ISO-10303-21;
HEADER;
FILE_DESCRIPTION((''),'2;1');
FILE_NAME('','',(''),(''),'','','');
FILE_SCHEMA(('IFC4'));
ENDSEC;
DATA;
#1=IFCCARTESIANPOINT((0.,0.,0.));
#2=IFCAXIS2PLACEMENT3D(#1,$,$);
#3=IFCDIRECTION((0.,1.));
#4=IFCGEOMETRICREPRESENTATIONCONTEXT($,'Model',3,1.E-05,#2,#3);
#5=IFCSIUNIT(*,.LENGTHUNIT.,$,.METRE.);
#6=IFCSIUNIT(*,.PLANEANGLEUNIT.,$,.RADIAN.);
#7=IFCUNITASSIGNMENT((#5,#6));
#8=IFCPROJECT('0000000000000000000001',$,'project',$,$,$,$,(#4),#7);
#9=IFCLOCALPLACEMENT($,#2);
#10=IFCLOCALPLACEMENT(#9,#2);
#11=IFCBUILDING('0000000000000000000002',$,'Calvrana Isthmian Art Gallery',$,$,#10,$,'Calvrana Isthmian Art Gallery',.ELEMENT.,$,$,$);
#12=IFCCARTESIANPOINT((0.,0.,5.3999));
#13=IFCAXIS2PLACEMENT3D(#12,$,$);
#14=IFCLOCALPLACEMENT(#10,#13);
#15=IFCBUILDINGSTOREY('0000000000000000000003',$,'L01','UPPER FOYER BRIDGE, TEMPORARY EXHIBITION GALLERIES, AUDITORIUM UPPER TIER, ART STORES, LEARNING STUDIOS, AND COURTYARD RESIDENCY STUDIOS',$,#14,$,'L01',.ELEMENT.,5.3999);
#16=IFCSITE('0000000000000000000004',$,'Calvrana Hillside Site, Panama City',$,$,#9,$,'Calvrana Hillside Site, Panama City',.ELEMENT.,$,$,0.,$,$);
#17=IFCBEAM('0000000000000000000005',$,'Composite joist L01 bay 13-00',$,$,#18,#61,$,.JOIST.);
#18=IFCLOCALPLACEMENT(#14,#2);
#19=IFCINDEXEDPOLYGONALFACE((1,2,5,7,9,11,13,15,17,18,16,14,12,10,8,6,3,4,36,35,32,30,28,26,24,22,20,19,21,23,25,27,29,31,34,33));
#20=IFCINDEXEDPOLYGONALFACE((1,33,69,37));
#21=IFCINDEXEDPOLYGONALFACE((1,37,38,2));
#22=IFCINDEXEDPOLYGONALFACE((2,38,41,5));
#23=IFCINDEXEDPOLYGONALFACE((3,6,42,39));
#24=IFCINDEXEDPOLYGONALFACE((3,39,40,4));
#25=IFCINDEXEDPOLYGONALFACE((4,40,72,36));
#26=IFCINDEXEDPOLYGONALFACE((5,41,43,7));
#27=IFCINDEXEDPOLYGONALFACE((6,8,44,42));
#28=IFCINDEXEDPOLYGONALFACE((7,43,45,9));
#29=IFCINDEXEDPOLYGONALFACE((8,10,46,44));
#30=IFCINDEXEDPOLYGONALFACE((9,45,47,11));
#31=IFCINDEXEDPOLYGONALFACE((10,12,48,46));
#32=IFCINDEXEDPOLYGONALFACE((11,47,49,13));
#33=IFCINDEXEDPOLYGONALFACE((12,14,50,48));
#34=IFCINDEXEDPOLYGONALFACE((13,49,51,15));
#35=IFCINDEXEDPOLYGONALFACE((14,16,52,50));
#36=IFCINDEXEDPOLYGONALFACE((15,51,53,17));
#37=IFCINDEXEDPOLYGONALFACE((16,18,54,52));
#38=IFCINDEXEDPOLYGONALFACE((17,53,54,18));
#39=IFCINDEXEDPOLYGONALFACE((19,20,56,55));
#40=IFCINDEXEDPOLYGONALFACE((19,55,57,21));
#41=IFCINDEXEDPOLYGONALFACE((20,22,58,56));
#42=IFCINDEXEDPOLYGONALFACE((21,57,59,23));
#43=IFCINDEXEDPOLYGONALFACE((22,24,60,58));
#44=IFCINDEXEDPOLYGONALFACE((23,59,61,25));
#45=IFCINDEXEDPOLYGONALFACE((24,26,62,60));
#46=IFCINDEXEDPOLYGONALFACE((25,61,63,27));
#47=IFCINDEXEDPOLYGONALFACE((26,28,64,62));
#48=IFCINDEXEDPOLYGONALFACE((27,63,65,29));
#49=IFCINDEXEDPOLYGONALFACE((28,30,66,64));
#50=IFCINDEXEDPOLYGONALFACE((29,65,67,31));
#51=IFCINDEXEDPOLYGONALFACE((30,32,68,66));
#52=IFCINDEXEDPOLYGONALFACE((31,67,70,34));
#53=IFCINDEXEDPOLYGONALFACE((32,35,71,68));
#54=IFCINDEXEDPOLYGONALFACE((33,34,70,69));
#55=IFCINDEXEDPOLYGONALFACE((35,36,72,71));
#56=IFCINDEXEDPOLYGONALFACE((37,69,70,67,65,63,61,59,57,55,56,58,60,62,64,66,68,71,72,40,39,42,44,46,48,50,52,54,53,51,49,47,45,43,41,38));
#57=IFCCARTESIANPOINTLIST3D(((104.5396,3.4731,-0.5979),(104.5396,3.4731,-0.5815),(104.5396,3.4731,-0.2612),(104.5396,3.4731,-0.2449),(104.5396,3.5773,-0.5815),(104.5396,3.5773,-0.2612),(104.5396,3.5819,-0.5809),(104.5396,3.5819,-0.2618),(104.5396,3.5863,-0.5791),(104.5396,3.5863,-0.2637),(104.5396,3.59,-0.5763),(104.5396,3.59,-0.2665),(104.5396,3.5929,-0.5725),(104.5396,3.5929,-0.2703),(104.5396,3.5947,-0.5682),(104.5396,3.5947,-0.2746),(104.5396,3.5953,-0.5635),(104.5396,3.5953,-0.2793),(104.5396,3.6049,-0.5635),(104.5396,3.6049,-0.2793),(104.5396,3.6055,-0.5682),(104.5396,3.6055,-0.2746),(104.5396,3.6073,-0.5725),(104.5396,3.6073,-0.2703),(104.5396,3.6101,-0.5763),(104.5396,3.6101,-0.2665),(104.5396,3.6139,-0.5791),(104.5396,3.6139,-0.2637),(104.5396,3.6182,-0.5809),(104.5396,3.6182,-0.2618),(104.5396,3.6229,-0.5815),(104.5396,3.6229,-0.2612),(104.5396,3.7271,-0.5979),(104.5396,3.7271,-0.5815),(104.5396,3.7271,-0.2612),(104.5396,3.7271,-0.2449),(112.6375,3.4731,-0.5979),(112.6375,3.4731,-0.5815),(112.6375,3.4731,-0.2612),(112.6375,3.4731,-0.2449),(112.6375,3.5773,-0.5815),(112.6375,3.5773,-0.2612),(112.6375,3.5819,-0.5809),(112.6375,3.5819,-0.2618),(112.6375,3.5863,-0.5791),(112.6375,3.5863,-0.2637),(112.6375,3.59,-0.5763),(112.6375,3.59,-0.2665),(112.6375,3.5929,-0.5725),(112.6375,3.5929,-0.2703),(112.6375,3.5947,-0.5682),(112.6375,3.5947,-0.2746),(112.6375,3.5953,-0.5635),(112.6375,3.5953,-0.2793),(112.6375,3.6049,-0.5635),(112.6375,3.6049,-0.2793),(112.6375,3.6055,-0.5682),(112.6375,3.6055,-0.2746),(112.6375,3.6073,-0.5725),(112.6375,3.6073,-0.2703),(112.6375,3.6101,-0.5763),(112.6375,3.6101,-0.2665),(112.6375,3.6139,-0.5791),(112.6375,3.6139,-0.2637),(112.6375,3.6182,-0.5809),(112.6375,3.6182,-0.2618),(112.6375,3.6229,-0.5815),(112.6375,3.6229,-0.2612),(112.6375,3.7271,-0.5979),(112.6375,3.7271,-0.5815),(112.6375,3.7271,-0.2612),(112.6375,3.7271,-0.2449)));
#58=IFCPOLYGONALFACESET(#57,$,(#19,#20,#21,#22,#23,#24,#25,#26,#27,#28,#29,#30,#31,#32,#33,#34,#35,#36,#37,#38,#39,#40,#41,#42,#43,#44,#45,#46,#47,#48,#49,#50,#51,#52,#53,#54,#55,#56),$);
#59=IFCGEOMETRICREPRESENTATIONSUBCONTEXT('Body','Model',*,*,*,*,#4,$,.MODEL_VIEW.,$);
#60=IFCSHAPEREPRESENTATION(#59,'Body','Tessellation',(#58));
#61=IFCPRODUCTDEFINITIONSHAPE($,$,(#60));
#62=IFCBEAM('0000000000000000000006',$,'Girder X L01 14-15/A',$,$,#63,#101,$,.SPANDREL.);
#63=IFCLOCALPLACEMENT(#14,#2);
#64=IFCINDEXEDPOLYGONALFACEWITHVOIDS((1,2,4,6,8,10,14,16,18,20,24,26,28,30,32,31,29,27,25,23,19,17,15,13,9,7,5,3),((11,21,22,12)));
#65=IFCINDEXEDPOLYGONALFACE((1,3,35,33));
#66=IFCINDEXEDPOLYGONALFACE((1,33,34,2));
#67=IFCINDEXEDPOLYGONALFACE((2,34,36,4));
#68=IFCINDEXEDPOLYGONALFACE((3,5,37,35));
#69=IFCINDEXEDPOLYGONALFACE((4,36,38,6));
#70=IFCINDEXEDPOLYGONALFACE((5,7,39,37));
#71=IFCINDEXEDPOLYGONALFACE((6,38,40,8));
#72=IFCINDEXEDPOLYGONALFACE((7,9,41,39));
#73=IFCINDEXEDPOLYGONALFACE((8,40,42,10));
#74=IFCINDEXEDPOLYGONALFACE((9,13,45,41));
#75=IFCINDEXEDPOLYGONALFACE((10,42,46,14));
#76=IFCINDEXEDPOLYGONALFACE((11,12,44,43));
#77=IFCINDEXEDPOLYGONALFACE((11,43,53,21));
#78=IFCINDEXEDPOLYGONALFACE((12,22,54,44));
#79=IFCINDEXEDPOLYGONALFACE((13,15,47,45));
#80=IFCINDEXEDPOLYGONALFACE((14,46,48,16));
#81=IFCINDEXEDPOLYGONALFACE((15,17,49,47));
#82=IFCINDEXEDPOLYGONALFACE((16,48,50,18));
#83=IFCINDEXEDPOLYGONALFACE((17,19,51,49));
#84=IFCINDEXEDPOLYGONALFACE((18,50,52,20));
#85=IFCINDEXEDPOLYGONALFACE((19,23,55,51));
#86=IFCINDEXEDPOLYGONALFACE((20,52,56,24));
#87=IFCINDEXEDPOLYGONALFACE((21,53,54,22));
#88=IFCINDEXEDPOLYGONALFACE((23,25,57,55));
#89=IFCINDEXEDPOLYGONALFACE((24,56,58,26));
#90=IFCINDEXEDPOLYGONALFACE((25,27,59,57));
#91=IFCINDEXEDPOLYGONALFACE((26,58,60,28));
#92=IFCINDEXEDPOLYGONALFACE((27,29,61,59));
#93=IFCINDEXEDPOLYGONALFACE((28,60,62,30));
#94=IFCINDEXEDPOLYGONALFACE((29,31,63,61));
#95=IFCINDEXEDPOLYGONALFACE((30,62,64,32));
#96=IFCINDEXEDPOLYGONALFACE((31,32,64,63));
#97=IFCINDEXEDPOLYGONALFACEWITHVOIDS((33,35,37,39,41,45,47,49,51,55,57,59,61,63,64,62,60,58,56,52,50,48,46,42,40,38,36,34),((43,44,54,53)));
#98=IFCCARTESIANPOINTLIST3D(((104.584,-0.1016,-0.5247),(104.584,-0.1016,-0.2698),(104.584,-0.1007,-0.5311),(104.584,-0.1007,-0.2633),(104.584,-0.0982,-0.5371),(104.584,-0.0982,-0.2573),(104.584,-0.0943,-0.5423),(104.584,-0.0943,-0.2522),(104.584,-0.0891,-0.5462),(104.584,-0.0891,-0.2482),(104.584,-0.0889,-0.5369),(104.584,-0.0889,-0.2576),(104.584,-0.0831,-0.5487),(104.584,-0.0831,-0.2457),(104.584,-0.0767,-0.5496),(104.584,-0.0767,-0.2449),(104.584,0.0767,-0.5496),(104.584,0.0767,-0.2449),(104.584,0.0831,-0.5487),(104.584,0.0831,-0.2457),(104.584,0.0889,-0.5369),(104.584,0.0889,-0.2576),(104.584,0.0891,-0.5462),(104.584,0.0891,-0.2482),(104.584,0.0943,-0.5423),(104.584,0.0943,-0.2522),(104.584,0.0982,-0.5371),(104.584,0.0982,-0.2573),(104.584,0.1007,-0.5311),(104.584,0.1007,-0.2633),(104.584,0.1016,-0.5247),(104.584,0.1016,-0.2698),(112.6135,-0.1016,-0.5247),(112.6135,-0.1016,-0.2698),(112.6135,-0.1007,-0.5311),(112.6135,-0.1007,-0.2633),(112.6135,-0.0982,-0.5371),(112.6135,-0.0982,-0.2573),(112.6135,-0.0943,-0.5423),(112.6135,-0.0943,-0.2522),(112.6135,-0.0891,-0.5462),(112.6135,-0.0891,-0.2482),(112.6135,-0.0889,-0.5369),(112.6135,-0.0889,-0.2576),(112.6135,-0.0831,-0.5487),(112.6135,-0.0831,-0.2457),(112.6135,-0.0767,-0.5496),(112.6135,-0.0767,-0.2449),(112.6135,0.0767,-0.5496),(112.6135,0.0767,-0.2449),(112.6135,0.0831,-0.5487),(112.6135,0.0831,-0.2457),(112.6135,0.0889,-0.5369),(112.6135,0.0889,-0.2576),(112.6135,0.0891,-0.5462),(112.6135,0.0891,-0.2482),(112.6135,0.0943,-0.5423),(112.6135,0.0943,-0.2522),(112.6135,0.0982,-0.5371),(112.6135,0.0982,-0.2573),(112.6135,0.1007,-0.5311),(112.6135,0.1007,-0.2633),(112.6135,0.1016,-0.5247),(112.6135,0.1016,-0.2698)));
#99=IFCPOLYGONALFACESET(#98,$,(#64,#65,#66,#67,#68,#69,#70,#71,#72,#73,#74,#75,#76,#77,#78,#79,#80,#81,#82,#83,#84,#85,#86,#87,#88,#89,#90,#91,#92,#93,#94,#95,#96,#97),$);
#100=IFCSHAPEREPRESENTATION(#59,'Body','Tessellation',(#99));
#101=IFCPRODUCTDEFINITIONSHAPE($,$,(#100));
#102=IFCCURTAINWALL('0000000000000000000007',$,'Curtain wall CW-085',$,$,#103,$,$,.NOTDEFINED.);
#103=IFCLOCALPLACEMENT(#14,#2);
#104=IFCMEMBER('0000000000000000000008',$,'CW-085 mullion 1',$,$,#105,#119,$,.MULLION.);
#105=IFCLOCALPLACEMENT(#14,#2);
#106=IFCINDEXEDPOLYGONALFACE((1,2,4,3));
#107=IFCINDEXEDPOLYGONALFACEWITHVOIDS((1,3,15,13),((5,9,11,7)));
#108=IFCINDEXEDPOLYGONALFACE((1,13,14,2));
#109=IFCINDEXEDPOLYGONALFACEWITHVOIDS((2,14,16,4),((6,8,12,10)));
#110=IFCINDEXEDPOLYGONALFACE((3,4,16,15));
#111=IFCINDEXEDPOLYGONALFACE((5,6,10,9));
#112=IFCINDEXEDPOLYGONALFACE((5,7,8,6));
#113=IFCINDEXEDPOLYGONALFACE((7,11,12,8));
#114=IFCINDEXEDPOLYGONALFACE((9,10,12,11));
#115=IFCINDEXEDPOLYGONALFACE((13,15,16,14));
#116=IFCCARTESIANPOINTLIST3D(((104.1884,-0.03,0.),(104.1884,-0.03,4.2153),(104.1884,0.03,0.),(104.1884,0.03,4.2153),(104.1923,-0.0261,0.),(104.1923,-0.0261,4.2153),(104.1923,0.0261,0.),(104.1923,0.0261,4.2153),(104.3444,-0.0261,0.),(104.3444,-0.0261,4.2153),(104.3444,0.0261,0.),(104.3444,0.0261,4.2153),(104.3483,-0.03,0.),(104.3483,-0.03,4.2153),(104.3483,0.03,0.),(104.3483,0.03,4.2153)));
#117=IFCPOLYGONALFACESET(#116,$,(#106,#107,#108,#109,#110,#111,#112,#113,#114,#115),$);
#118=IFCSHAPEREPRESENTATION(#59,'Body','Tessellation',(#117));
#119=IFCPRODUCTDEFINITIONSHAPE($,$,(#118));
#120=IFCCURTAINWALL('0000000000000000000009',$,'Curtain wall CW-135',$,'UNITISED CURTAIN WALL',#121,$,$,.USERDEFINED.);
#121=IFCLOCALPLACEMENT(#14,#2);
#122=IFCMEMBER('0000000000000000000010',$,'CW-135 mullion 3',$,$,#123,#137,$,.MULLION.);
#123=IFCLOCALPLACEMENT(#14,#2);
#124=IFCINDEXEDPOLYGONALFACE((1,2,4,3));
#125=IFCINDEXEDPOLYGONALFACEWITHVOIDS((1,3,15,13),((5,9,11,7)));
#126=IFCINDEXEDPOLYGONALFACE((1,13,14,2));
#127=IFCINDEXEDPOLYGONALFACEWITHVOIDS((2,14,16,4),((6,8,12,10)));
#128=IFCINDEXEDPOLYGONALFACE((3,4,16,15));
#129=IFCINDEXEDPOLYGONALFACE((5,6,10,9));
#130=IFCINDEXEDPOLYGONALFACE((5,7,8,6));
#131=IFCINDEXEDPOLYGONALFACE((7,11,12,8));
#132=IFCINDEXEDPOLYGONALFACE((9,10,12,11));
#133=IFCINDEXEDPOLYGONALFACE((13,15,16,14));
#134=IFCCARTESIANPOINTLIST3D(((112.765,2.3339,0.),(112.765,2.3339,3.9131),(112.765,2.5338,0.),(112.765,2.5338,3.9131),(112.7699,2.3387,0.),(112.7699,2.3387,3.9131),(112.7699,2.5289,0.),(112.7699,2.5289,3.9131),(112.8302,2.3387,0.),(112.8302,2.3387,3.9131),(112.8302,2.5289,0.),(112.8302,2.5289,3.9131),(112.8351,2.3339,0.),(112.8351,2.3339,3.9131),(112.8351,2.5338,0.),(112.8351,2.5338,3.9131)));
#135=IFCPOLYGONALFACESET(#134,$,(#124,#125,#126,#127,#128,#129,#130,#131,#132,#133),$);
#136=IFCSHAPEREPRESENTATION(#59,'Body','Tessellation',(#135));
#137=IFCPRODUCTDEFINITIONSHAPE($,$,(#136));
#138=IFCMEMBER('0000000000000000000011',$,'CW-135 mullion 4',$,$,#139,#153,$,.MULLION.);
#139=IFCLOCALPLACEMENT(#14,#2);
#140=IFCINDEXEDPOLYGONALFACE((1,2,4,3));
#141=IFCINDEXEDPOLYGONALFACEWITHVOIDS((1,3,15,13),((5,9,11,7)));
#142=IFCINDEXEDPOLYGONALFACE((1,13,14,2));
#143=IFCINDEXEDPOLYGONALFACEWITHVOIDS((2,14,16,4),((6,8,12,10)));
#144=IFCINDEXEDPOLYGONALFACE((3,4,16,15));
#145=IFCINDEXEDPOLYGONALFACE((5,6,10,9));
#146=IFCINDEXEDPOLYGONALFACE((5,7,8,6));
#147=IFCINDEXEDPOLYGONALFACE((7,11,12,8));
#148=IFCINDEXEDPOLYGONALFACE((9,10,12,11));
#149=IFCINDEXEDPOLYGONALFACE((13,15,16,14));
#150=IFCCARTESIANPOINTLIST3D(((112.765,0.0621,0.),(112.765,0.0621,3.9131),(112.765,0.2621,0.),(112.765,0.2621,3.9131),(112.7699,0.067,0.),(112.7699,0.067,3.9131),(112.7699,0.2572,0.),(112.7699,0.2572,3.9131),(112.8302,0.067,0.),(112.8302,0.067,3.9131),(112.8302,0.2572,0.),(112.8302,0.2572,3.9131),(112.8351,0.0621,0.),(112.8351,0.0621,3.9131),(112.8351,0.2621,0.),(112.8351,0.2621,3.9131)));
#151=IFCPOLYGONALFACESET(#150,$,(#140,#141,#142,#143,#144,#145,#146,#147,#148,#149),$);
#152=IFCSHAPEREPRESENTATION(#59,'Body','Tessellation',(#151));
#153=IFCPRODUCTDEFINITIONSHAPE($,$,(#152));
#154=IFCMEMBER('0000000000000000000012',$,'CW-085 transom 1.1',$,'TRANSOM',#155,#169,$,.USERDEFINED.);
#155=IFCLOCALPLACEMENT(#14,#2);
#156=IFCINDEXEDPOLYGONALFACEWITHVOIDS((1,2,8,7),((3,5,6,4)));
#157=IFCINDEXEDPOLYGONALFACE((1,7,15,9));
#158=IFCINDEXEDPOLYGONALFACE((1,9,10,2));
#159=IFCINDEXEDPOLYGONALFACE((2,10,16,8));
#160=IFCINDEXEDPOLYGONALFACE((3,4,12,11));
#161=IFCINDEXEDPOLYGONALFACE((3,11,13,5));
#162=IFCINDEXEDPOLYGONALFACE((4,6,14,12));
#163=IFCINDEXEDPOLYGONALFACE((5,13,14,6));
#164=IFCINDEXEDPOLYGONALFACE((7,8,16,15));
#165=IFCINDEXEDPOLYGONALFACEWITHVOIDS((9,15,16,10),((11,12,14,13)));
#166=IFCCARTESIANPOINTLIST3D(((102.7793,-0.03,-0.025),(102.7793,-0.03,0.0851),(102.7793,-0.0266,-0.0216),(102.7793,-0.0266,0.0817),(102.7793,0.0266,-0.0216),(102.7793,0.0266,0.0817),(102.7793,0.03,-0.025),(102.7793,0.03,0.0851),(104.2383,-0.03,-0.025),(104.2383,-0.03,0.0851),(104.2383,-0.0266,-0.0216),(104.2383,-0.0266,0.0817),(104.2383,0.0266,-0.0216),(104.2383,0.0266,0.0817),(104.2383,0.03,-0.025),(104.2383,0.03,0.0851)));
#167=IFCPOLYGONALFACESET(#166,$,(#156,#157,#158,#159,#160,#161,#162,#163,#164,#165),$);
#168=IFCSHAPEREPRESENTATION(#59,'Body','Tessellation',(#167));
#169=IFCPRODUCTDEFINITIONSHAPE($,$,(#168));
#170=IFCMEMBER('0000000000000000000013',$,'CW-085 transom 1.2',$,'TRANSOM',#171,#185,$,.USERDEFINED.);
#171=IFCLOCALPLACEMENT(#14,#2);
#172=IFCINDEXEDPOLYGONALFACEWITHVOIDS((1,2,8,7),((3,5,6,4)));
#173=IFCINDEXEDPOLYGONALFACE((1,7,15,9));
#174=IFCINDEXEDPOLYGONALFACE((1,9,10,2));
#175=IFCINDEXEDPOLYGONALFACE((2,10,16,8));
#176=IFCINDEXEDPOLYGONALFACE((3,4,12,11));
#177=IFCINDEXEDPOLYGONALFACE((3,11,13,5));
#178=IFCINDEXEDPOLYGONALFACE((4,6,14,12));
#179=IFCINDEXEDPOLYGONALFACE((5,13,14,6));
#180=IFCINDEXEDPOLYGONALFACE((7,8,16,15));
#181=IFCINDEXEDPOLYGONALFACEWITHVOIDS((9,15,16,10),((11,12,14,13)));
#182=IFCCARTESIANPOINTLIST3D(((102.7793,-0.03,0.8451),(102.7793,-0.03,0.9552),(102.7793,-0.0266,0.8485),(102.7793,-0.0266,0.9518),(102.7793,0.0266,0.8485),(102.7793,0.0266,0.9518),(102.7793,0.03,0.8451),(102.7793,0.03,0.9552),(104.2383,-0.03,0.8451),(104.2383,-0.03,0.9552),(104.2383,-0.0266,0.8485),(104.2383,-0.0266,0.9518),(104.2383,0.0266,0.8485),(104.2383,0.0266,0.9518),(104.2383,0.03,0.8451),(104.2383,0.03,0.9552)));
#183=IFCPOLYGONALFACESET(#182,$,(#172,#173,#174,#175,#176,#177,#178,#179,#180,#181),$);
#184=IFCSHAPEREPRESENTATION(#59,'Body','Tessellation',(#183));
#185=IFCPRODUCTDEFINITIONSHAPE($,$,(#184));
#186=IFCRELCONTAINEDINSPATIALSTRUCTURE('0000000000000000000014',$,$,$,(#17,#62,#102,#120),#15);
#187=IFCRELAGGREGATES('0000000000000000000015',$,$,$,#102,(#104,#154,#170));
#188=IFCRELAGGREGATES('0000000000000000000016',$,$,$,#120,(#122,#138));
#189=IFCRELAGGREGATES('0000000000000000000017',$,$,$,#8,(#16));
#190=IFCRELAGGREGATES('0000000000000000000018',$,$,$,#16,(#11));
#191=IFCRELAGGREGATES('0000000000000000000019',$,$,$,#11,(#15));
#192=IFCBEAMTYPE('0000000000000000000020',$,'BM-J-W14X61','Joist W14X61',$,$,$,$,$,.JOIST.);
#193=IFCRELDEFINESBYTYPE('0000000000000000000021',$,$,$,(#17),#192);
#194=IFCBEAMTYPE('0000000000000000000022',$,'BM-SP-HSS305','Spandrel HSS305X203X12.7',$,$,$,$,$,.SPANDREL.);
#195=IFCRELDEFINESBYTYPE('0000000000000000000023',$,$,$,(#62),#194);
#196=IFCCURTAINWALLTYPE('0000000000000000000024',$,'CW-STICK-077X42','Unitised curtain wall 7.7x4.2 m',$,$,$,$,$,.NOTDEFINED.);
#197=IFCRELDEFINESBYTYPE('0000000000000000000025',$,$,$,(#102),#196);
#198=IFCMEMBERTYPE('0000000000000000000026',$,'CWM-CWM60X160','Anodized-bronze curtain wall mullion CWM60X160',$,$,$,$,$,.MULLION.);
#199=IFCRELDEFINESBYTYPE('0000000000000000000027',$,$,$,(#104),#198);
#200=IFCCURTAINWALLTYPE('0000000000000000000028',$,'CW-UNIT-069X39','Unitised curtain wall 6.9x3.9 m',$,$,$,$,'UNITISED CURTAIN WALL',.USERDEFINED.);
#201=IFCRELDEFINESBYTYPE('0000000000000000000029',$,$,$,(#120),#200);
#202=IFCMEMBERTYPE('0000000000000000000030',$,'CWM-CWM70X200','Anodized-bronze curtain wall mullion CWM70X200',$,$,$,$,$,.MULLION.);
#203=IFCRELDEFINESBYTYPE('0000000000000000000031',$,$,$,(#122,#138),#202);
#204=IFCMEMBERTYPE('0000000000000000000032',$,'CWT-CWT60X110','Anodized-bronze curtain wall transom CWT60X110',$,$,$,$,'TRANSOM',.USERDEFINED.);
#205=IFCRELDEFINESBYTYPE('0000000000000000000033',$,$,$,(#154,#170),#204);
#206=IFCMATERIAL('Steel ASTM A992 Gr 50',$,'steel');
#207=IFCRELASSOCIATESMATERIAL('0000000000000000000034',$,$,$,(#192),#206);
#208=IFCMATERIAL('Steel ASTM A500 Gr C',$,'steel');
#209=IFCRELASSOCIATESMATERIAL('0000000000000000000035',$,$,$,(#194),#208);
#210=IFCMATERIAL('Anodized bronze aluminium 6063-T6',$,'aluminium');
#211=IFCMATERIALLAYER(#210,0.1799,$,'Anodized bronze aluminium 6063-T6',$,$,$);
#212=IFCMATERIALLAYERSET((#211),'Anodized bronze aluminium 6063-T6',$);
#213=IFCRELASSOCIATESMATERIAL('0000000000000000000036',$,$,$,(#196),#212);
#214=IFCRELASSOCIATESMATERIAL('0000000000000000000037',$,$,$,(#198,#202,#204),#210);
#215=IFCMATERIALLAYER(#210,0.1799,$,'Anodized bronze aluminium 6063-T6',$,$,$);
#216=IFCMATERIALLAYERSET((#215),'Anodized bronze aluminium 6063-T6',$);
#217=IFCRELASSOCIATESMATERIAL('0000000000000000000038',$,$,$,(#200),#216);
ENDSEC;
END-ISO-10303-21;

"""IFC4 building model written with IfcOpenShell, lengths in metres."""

from ifc_helpers import new_model, si_unit, direction, frame, origin, origin_2d, place, context, subcontext, project, spatial, hollow_rectangle, i_section, extrude, material, layer, layer_set, material_profile, profile_set, type_object, element, aggregate, save


model = new_model("IFC4")

# Units and contexts
model_context = context("Model", 3, precision=1e-05, world=origin(), true_north=direction((0.0, 1.0)))
body_context = subcontext(model_context, "Body", "Model", "MODEL_VIEW")
ifc_project = project(units=[si_unit("LENGTHUNIT", "METRE"), si_unit("PLANEANGLEUNIT", "RADIAN")], contexts=[model_context])

# Site, building, storey
site_placement = place(None, origin())
site = spatial("IfcSite", under=ifc_project, at=site_placement, Name="Calvrana Hillside Site, Panama City", LongName="Calvrana Hillside Site, Panama City", CompositionType="ELEMENT", RefElevation=0.0)
building_placement = place(site_placement, origin())
building = spatial("IfcBuilding", under=site, at=building_placement, Name="Calvrana Isthmian Art Gallery", LongName="Calvrana Isthmian Art Gallery", CompositionType="ELEMENT")
storey_placement = place(building_placement, frame((0.0, 0.0, 5.3999)))
storey = spatial("IfcBuildingStorey", under=building, at=storey_placement, Name="L01", Description="UPPER FOYER BRIDGE, TEMPORARY EXHIBITION GALLERIES, AUDITORIUM UPPER TIER, ART STORES, LEARNING STUDIOS, AND COURTYARD RESIDENCY STUDIOS", LongName="L01", CompositionType="ELEMENT", Elevation=5.3999)

# Shared definitions
ifc_material_1 = material(Name="Steel ASTM A500 Gr C", Category="steel")

# Beams
ifc_material_2 = material(Name="Steel ASTM A992 Gr 50", Category="steel")
ifc_material_profile_1 = material_profile(ifc_material_2, i_section(OverallWidth=0.2539, OverallDepth=0.353, WebThickness=0.0095, FlangeThickness=0.0164, FilletRadius=0.0181, at=origin_2d()), Name="W14X61")
ifc_profile_set_1 = profile_set([ifc_material_profile_1], Name="Steel ASTM A992 Gr 50")
beam_type_1 = type_object("IfcBeamType", Name="BM-J-W14X61", Description="Joist W14X61", PredefinedType="JOIST", material=ifc_profile_set_1)
beam_1_placement = place(storey_placement, frame((104.5396, 3.6001, -0.4214), z_axis=(1.0, 0.0, 0.0), x_axis=(0.0, 1.0, 0.0)))
element("IfcBeam", 1, at=beam_1_placement, inside=storey, type_object=beam_type_1, Name="Composite joist L01 bay 13-00", PredefinedType="JOIST", context=body_context, shape_type="SweptSolid", body=[
    extrude(i_section(OverallWidth=0.2539, OverallDepth=0.353, WebThickness=0.0095, FlangeThickness=0.0164, FilletRadius=0.0181, at=origin_2d()), origin(), (0.0, 0.0, 1.0), 8.0979),
])
ifc_material_profile_2 = material_profile(ifc_material_1, hollow_rectangle(XDim=0.2031, YDim=0.3047, WallThickness=0.0127, OuterFilletRadius=0.0249, at=origin_2d()), Name="HSS305X203X12.7")
ifc_profile_set_2 = profile_set([ifc_material_profile_2], Name="Steel ASTM A500 Gr C")
beam_type_2 = type_object("IfcBeamType", Name="BM-SP-HSS305", Description="Spandrel HSS305X203X12.7", PredefinedType="SPANDREL", material=ifc_profile_set_2)
beam_2_placement = place(storey_placement, frame((104.584, 0.0, -0.3972), z_axis=(1.0, 0.0, 0.0), x_axis=(0.0, 1.0, 0.0)))
element("IfcBeam", 2, at=beam_2_placement, inside=storey, type_object=beam_type_2, Name="Girder X L01 14-15/A", PredefinedType="SPANDREL", context=body_context, shape_type="SweptSolid", body=[
    extrude(hollow_rectangle(XDim=0.2031, YDim=0.3047, WallThickness=0.0127, OuterFilletRadius=0.0249, at=origin_2d()), origin(), (0.0, 0.0, 1.0), 8.0295),
])

# Curtain wall, member
ifc_material_3 = material(Name="Anodized bronze aluminium 6063-T6", Category="aluminium")
ifc_layer_1 = layer(ifc_material_3, 0.1799, Name="Anodized bronze aluminium 6063-T6")
ifc_layer_set_1 = layer_set([ifc_layer_1], Name="Anodized bronze aluminium 6063-T6")
curtain_wall_type_1 = type_object("IfcCurtainWallType", Name="CW-STICK-077X42", Description="Unitised curtain wall 7.7x4.2 m", PredefinedType="NOTDEFINED", material=ifc_layer_set_1)
curtain_wall_1_placement = place(storey_placement, origin())
curtain_wall_1 = element("IfcCurtainWall", 3, at=curtain_wall_1_placement, inside=storey, type_object=curtain_wall_type_1, Name="Curtain wall CW-085", PredefinedType="NOTDEFINED")
ifc_material_profile_3 = material_profile(ifc_material_3, hollow_rectangle(XDim=0.0601, YDim=0.1599, WallThickness=0.0039, at=origin_2d()), Name="CWM60X160")
ifc_profile_set_3 = profile_set([ifc_material_profile_3], Name="Anodized bronze aluminium 6063-T6")
member_type_1 = type_object("IfcMemberType", Name="CWM-CWM60X160", Description="Anodized-bronze curtain wall mullion CWM60X160", PredefinedType="MULLION", material=ifc_profile_set_3)
member_1_placement = place(storey_placement, frame((104.2683, 0.0, 0.0), z_axis=(0.0, 0.0, 1.0), x_axis=(0.0, -1.0, 0.0)))
member_1 = element("IfcMember", 4, at=member_1_placement, type_object=member_type_1, Name="CW-085 mullion 1", PredefinedType="MULLION", context=body_context, shape_type="SweptSolid", body=[
    extrude(hollow_rectangle(XDim=0.0601, YDim=0.1599, WallThickness=0.0039, at=origin_2d()), origin(), (0.0, 0.0, 1.0), 4.2153),
])

# Curtain wall, members
ifc_layer_2 = layer(ifc_material_3, 0.1799, Name="Anodized bronze aluminium 6063-T6")
ifc_layer_set_2 = layer_set([ifc_layer_2], Name="Anodized bronze aluminium 6063-T6")
curtain_wall_type_2 = type_object("IfcCurtainWallType", Name="CW-UNIT-069X39", Description="Unitised curtain wall 6.9x3.9 m", ElementType="UNITISED CURTAIN WALL", PredefinedType="USERDEFINED", material=ifc_layer_set_2)
curtain_wall_2_placement = place(storey_placement, origin())
curtain_wall_2 = element("IfcCurtainWall", 5, at=curtain_wall_2_placement, inside=storey, type_object=curtain_wall_type_2, Name="Curtain wall CW-135", ObjectType="UNITISED CURTAIN WALL", PredefinedType="USERDEFINED")
ifc_material_profile_4 = material_profile(ifc_material_3, hollow_rectangle(XDim=0.0701, YDim=0.2, WallThickness=0.0049, at=origin_2d()), Name="CWM70X200")
ifc_profile_set_4 = profile_set([ifc_material_profile_4], Name="Anodized bronze aluminium 6063-T6")
member_type_2 = type_object("IfcMemberType", Name="CWM-CWM70X200", Description="Anodized-bronze curtain wall mullion CWM70X200", PredefinedType="MULLION", material=ifc_profile_set_4)
member_2_placement = place(storey_placement, frame((112.8, 2.4338, 0.0), z_axis=(0.0, 0.0, 1.0), x_axis=(1.0, 0.0, 0.0)))
member_2 = element("IfcMember", 6, at=member_2_placement, type_object=member_type_2, Name="CW-135 mullion 3", PredefinedType="MULLION", context=body_context, shape_type="SweptSolid", body=[
    extrude(hollow_rectangle(XDim=0.0701, YDim=0.2, WallThickness=0.0049, at=origin_2d()), origin(), (0.0, 0.0, 1.0), 3.9131),
])
member_3_placement = place(storey_placement, frame((112.8, 0.1621, 0.0), z_axis=(0.0, 0.0, 1.0), x_axis=(1.0, 0.0, 0.0)))
member_3 = element("IfcMember", 7, at=member_3_placement, type_object=member_type_2, Name="CW-135 mullion 4", PredefinedType="MULLION", context=body_context, shape_type="SweptSolid", body=[
    extrude(hollow_rectangle(XDim=0.0701, YDim=0.2, WallThickness=0.0049, at=origin_2d()), origin(), (0.0, 0.0, 1.0), 3.9131),
])

# Members
ifc_material_profile_5 = material_profile(ifc_material_3, hollow_rectangle(XDim=0.0601, YDim=0.1101, WallThickness=0.0034, at=origin_2d()), Name="CWT60X110")
ifc_profile_set_5 = profile_set([ifc_material_profile_5], Name="Anodized bronze aluminium 6063-T6")
member_type_3 = type_object("IfcMemberType", Name="CWT-CWT60X110", Description="Anodized-bronze curtain wall transom CWT60X110", ElementType="TRANSOM", PredefinedType="USERDEFINED", material=ifc_profile_set_5)
member_4_placement = place(storey_placement, frame((104.2383, 0.0, 0.03), z_axis=(-1.0, 0.0, 0.0), x_axis=(0.0, -1.0, 0.0)))
member_4 = element("IfcMember", 8, at=member_4_placement, type_object=member_type_3, Name="CW-085 transom 1.1", ObjectType="TRANSOM", PredefinedType="USERDEFINED", context=body_context, shape_type="SweptSolid", body=[
    extrude(hollow_rectangle(XDim=0.0601, YDim=0.1101, WallThickness=0.0034, at=origin_2d()), origin(), (0.0, 0.0, 1.0), 1.459),
])
member_5_placement = place(storey_placement, frame((104.2383, 0.0, 0.9001), z_axis=(-1.0, 0.0, 0.0), x_axis=(0.0, -1.0, 0.0)))
member_5 = element("IfcMember", 9, at=member_5_placement, type_object=member_type_3, Name="CW-085 transom 1.2", ObjectType="TRANSOM", PredefinedType="USERDEFINED", context=body_context, shape_type="SweptSolid", body=[
    extrude(hollow_rectangle(XDim=0.0601, YDim=0.1101, WallThickness=0.0034, at=origin_2d()), origin(), (0.0, 0.0, 1.0), 1.459),
])
aggregate(curtain_wall_1, [member_1, member_4, member_5])

aggregate(curtain_wall_2, [member_2, member_3])

save(model, "model.ifc")
